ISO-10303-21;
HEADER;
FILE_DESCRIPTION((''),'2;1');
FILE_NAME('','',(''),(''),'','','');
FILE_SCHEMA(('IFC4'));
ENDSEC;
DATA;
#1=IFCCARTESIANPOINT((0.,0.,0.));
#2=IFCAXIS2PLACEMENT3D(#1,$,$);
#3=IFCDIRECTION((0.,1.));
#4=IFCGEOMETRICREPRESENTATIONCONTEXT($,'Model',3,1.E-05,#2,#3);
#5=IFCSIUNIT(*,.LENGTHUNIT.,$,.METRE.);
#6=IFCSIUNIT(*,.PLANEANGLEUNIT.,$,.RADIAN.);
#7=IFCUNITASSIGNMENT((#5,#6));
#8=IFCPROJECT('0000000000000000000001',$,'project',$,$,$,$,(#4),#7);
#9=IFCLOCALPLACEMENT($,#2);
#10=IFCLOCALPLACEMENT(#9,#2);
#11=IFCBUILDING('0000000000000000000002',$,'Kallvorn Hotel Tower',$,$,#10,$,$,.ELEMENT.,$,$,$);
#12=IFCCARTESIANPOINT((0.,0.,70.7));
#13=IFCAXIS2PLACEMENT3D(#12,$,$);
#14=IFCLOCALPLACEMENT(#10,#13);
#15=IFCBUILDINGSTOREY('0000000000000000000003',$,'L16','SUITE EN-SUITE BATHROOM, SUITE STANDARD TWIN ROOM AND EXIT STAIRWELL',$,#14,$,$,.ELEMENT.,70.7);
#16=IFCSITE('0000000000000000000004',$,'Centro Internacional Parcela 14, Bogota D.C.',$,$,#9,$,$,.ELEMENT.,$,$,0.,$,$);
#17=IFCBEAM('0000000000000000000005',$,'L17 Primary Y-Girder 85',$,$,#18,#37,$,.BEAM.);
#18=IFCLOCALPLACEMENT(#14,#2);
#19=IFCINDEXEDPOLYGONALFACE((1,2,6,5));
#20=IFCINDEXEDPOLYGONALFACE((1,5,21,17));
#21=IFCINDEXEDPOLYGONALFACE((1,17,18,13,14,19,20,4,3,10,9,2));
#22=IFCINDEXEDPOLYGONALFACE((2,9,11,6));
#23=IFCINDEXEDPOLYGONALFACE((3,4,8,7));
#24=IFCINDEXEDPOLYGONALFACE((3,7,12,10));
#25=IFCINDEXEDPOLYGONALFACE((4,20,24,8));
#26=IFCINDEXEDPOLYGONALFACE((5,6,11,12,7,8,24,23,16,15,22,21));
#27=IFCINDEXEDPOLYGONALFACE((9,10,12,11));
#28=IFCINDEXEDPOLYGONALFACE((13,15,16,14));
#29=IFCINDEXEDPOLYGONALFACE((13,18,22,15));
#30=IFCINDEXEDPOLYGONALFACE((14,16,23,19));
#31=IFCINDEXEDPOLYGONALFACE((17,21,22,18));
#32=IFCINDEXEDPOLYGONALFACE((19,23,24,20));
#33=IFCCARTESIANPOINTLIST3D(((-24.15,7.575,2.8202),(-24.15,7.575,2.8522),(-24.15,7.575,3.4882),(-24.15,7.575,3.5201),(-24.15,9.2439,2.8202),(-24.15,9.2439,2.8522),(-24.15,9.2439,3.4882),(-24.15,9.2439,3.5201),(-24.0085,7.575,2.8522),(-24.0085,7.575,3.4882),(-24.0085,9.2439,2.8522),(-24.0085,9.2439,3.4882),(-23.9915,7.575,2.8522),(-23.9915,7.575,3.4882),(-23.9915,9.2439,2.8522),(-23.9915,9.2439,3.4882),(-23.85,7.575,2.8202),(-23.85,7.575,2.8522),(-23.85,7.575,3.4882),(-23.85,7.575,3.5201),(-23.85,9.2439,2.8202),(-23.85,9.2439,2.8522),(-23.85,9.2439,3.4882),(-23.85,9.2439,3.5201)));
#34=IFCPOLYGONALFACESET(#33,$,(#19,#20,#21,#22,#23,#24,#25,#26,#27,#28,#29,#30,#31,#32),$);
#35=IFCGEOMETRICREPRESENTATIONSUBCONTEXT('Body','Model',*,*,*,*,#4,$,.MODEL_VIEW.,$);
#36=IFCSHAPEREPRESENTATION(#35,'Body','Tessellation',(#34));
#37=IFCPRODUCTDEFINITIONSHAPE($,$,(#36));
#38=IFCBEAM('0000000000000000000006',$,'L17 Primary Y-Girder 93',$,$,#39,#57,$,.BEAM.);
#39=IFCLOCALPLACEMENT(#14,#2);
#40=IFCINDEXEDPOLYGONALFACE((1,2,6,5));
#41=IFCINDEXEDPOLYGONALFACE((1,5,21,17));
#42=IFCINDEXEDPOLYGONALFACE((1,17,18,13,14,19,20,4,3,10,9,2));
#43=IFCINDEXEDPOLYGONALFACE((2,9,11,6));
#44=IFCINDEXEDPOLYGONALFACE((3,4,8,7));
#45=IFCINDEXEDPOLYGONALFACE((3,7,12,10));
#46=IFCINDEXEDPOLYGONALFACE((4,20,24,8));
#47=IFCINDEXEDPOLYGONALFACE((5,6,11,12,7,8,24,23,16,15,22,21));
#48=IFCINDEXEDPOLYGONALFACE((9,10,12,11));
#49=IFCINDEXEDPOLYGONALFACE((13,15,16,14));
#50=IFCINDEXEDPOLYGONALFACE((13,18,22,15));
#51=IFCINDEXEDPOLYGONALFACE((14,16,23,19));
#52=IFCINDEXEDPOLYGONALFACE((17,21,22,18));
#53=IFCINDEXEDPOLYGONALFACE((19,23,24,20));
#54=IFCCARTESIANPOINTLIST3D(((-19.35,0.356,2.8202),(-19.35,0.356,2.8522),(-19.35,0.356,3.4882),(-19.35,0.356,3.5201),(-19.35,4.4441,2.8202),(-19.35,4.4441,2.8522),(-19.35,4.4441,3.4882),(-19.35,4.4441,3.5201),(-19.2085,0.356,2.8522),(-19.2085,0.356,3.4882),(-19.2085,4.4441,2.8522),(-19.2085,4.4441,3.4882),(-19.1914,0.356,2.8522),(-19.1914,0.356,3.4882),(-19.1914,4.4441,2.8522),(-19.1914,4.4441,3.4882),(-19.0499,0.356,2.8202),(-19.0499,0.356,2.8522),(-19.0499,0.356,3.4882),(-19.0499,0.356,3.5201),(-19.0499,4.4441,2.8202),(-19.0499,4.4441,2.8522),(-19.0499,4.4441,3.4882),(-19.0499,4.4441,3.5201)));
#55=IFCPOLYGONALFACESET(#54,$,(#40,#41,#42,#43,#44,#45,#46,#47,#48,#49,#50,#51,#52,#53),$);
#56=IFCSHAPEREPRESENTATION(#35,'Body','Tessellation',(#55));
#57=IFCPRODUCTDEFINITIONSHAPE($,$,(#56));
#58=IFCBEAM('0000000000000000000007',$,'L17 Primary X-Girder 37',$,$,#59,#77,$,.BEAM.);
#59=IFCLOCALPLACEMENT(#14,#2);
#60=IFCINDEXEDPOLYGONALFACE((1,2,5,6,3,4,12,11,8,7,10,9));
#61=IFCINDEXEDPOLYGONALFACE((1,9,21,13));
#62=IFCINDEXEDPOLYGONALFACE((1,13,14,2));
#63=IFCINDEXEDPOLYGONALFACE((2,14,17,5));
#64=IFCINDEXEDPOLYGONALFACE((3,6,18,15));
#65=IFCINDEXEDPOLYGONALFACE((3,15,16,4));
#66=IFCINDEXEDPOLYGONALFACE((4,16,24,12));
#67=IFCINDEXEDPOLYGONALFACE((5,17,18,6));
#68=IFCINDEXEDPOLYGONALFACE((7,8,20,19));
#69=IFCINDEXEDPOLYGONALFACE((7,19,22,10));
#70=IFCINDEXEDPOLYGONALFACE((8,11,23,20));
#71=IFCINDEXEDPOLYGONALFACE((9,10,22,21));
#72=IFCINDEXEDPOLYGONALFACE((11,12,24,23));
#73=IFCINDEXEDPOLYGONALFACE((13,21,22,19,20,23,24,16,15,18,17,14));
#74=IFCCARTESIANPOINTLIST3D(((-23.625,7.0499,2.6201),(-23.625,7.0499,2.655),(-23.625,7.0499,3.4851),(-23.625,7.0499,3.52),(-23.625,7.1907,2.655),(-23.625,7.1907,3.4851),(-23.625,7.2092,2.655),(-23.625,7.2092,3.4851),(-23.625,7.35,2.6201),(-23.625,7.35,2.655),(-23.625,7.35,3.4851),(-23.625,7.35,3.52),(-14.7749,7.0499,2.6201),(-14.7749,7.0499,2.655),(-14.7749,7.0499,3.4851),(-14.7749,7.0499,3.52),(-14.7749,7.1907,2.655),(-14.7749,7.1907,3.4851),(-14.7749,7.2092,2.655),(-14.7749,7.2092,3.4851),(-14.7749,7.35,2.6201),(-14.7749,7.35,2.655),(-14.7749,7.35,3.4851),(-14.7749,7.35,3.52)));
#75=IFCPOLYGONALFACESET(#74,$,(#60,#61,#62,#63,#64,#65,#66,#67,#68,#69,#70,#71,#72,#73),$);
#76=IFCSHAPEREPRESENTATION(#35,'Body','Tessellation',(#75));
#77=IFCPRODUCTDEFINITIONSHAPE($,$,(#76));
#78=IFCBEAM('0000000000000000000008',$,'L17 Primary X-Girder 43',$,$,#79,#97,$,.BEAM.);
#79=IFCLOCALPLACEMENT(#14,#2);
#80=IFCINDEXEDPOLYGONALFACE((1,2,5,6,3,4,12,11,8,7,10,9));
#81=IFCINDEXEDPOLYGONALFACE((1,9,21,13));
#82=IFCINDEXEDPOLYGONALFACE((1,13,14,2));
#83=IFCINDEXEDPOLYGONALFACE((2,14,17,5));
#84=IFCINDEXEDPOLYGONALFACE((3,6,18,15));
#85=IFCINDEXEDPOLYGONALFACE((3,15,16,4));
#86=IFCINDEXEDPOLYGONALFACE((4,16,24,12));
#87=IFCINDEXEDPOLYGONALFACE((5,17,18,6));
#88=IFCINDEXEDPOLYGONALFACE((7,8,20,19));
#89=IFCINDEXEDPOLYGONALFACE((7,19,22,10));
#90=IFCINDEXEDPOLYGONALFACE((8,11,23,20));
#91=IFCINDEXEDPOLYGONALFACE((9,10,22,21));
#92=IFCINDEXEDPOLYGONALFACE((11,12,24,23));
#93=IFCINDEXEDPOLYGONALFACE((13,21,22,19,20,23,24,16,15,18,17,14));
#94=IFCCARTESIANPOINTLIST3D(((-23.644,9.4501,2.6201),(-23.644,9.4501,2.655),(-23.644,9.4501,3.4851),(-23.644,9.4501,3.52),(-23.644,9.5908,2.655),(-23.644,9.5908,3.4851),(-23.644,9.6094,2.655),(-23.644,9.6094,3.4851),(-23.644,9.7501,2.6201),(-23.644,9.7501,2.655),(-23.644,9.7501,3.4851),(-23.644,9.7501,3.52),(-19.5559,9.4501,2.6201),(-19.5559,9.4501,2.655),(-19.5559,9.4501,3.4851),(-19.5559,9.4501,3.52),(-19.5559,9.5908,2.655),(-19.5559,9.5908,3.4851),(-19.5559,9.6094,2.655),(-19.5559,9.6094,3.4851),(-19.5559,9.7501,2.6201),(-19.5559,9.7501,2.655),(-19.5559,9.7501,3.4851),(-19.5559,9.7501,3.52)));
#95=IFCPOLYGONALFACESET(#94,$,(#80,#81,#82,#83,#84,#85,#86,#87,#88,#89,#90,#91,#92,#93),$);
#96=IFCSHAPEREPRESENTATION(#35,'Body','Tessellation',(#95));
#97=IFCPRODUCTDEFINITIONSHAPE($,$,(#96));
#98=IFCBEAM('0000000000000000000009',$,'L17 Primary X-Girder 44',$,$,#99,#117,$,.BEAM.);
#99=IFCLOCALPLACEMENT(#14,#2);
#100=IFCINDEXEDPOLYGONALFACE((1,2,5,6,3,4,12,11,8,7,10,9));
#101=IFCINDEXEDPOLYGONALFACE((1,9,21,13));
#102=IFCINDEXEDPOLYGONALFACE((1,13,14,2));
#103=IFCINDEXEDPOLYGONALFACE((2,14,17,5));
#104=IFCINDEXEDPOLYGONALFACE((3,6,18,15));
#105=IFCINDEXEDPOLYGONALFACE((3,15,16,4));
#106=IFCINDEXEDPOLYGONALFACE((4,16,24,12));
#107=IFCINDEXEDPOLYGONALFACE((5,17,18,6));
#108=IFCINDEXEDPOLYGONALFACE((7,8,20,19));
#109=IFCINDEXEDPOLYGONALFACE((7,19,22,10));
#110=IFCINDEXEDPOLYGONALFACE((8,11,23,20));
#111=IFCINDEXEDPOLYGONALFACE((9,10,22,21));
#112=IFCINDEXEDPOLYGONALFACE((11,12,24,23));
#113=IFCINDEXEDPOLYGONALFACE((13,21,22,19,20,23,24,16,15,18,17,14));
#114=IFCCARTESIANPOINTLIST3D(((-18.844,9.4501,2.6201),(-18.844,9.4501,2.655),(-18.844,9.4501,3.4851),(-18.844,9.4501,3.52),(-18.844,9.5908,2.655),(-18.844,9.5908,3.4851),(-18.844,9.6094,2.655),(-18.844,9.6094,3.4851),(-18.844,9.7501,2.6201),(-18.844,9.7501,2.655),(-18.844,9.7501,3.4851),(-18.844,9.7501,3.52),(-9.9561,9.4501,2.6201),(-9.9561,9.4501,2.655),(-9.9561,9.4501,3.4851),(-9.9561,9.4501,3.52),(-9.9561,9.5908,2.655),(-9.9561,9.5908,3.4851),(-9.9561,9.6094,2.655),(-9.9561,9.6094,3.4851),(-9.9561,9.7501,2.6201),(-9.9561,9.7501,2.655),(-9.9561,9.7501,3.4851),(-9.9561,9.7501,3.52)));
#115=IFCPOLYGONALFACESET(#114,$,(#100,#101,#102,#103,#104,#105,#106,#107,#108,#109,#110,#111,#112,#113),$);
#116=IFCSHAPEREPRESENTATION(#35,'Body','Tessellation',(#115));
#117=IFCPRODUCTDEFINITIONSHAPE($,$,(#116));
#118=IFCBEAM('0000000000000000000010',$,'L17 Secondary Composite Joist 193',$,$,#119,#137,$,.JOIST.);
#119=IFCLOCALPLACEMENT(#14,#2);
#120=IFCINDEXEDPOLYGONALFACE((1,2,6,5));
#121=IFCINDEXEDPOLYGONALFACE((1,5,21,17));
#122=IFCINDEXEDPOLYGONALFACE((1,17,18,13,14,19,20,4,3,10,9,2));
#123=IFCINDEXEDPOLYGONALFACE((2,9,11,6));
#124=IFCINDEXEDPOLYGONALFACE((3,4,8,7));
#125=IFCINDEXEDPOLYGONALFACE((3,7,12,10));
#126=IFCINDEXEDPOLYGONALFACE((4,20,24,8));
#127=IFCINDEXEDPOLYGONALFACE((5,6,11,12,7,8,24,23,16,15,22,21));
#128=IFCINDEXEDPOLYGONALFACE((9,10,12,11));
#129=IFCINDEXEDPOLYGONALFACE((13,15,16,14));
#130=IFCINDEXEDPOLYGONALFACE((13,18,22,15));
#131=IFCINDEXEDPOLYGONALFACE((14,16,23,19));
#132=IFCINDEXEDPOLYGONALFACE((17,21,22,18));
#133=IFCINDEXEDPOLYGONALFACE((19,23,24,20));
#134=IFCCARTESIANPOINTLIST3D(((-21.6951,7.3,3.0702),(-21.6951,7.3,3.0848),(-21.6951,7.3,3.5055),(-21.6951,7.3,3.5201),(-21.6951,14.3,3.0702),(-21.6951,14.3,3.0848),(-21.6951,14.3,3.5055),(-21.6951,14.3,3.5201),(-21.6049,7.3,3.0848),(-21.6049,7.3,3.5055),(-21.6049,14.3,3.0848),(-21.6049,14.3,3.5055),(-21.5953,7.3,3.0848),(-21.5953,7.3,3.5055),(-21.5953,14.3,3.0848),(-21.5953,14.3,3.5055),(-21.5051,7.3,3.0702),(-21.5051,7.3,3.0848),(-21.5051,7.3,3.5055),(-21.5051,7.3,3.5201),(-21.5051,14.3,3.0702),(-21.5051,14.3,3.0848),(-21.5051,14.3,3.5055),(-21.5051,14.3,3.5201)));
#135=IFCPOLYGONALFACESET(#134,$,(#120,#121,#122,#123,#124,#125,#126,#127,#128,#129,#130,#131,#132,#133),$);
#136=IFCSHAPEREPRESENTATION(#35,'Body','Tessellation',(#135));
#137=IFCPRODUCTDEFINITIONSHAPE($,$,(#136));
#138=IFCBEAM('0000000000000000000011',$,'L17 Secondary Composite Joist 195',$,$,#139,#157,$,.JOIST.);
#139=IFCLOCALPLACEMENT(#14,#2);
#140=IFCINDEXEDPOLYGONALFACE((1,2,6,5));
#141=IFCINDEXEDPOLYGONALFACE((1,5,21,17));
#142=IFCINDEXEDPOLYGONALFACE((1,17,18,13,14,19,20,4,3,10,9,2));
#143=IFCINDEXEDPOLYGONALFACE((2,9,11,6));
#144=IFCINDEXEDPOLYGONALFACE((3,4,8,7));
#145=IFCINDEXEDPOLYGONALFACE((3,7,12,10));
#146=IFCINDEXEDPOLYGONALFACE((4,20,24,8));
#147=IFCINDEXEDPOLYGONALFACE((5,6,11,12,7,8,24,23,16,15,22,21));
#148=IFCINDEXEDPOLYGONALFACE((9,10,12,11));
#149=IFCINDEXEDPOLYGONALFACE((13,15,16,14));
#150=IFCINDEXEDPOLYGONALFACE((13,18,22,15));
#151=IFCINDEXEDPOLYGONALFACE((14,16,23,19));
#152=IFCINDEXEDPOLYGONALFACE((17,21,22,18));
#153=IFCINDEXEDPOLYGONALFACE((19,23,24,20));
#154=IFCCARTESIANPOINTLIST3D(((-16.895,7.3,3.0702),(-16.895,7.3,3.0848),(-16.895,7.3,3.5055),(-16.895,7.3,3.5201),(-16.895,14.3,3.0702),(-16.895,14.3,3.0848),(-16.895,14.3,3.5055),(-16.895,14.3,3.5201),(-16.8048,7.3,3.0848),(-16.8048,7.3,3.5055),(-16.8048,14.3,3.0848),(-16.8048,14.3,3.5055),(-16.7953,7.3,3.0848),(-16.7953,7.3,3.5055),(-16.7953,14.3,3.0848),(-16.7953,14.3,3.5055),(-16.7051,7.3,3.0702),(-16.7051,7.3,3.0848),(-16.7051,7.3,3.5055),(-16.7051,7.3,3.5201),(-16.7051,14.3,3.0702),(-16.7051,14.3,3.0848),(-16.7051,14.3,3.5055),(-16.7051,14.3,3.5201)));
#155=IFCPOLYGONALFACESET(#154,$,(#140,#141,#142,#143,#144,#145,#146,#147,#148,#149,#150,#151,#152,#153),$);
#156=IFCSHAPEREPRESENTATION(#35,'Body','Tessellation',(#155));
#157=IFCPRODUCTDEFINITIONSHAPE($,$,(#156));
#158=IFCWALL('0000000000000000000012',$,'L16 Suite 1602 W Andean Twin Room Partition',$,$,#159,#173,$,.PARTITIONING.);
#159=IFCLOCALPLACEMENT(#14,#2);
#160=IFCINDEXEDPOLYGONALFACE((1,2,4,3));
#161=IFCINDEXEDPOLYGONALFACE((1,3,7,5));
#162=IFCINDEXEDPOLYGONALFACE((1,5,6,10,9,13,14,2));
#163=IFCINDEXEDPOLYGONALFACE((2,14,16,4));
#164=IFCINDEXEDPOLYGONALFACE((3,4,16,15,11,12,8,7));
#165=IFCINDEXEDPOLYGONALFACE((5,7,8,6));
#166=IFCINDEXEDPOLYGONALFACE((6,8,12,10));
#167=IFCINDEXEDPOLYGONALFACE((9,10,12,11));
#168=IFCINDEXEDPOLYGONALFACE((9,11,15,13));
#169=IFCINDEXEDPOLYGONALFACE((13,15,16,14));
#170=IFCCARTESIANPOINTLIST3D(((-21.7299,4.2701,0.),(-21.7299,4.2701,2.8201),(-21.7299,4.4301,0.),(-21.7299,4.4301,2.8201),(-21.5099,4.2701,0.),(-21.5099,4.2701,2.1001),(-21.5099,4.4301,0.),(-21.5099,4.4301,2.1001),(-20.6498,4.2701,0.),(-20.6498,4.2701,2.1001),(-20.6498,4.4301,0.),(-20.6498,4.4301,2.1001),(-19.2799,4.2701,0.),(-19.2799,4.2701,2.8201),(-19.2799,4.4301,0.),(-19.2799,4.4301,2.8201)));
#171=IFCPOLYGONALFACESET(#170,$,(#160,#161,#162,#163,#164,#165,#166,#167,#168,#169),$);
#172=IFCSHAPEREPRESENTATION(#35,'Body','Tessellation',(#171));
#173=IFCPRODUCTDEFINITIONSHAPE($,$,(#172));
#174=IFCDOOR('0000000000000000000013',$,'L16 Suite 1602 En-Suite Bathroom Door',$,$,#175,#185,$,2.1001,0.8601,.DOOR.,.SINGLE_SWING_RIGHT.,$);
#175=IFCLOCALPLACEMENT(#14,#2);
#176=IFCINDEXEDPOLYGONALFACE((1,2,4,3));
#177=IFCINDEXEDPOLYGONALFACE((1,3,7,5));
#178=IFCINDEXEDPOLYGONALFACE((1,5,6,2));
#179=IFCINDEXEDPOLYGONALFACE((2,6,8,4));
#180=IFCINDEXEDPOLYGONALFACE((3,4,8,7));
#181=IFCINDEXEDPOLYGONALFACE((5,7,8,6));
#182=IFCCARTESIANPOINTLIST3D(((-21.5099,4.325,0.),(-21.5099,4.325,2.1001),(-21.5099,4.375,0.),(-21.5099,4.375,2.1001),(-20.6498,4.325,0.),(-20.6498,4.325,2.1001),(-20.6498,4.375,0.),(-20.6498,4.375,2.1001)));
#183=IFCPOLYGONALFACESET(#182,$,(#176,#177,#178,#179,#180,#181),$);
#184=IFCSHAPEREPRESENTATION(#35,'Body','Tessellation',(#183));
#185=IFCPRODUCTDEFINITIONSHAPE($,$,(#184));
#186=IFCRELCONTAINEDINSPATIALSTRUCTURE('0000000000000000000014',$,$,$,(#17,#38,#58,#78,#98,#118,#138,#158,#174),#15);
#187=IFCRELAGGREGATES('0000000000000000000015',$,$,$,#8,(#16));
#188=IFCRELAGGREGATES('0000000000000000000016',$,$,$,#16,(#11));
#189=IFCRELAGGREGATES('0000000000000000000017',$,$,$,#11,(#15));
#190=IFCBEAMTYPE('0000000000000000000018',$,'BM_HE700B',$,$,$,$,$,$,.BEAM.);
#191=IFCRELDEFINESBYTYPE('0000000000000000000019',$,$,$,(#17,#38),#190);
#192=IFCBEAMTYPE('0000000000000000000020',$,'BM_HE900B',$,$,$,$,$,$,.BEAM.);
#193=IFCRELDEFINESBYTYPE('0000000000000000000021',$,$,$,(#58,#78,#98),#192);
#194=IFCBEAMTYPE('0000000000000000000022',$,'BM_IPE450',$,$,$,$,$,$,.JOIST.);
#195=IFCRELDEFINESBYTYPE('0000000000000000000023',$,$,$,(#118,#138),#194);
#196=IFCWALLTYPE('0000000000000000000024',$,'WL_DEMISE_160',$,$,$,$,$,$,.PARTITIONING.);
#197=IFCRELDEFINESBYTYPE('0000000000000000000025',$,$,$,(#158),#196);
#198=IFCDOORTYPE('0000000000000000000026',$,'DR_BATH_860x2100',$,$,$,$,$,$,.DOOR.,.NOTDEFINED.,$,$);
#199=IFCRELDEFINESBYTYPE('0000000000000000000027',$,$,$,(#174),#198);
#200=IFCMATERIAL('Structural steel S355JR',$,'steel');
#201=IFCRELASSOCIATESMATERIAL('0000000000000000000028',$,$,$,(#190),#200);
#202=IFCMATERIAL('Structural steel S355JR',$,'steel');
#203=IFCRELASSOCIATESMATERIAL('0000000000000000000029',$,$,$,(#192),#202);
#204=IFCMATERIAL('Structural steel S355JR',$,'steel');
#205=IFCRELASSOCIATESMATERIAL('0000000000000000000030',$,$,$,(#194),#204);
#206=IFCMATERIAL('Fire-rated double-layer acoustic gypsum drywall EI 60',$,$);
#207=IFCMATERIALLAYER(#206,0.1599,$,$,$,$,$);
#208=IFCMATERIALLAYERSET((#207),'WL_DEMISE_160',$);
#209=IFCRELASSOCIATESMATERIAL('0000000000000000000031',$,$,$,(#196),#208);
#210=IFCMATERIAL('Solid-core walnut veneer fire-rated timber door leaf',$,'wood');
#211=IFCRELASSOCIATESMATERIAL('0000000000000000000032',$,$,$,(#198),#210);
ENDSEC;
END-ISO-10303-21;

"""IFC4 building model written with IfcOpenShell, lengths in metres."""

from ifc_helpers import new_model, si_unit, direction, frame, frame_2d, origin, origin_2d, place, context, subcontext, project, spatial, rectangle, i_section, extrude, material, layer, layer_set, material_profile, profile_set, type_object, element, fill, save


model = new_model("IFC4")

# Units and contexts
model_context = context("Model", 3, precision=1e-05, world=origin(), true_north=direction((0.0, 1.0)))
body_context = subcontext(model_context, "Body", "Model", "MODEL_VIEW")
ifc_project = project(units=[si_unit("LENGTHUNIT", "METRE"), si_unit("PLANEANGLEUNIT", "RADIAN")], contexts=[model_context])

# Site, building, storey
site_placement = place(None, origin())
site = spatial("IfcSite", under=ifc_project, at=site_placement, Name="Centro Internacional Parcela 14, Bogota D.C.", CompositionType="ELEMENT", RefElevation=0.0)
building_placement = place(site_placement, origin())
building = spatial("IfcBuilding", under=site, at=building_placement, Name="Kallvorn Hotel Tower", CompositionType="ELEMENT")
storey_placement = place(building_placement, frame((0.0, 0.0, 70.7)))
storey = spatial("IfcBuildingStorey", under=building, at=storey_placement, Name="L16", Description="SUITE EN-SUITE BATHROOM, SUITE STANDARD TWIN ROOM AND EXIT STAIRWELL", CompositionType="ELEMENT", Elevation=70.7)

# Beams
ifc_material_1 = material(Name="Structural steel S355JR", Category="steel")
ifc_material_profile_1 = material_profile(ifc_material_1, i_section(OverallWidth=0.3, OverallDepth=0.7, WebThickness=0.0171, FlangeThickness=0.032, at=origin_2d()), Name="HE 700 B")
ifc_profile_set_1 = profile_set([ifc_material_profile_1], Name="Structural steel S355JR")
beam_type_1 = type_object("IfcBeamType", Name="BM_HE700B", PredefinedType="BEAM", material=ifc_profile_set_1)
beam_1_placement = place(storey_placement, frame((-24.0, 7.575, 3.1702), z_axis=(0.0, 1.0, 0.0), x_axis=(-1.0, 0.0, 0.0)))
element("IfcBeam", 1, at=beam_1_placement, inside=storey, type_object=beam_type_1, Name="L17 Primary Y-Girder 85", PredefinedType="BEAM", context=body_context, shape_type="SweptSolid", body=[
    extrude(i_section(OverallWidth=0.3, OverallDepth=0.7, WebThickness=0.0171, FlangeThickness=0.032, at=origin_2d()), origin(), (0.0, 0.0, 1.0), 1.6689),
])
beam_2_placement = place(storey_placement, frame((-19.2, 0.356, 3.1702), z_axis=(0.0, 1.0, 0.0), x_axis=(-1.0, 0.0, 0.0)))
element("IfcBeam", 2, at=beam_2_placement, inside=storey, type_object=beam_type_1, Name="L17 Primary Y-Girder 93", PredefinedType="BEAM", context=body_context, shape_type="SweptSolid", body=[
    extrude(i_section(OverallWidth=0.3, OverallDepth=0.7, WebThickness=0.0171, FlangeThickness=0.032, at=origin_2d()), origin(), (0.0, 0.0, 1.0), 4.0881),
])
ifc_material_2 = material(Name="Structural steel S355JR", Category="steel")
ifc_material_profile_2 = material_profile(ifc_material_2, i_section(OverallWidth=0.3, OverallDepth=0.8999, WebThickness=0.0186, FlangeThickness=0.0349, at=origin_2d()), Name="HE 900 B")
ifc_profile_set_2 = profile_set([ifc_material_profile_2], Name="Structural steel S355JR")
beam_type_2 = type_object("IfcBeamType", Name="BM_HE900B", PredefinedType="BEAM", material=ifc_profile_set_2)
beam_3_placement = place(storey_placement, frame((-23.625, 7.2, 3.0701), z_axis=(1.0, 0.0, 0.0), x_axis=(0.0, 1.0, 0.0)))
element("IfcBeam", 3, at=beam_3_placement, inside=storey, type_object=beam_type_2, Name="L17 Primary X-Girder 37", PredefinedType="BEAM", context=body_context, shape_type="SweptSolid", body=[
    extrude(i_section(OverallWidth=0.3, OverallDepth=0.8999, WebThickness=0.0186, FlangeThickness=0.0349, at=origin_2d()), origin(), (0.0, 0.0, 1.0), 8.8501),
])
beam_4_placement = place(storey_placement, frame((-23.644, 9.6001, 3.0701), z_axis=(1.0, 0.0, 0.0), x_axis=(0.0, 1.0, 0.0)))
element("IfcBeam", 4, at=beam_4_placement, inside=storey, type_object=beam_type_2, Name="L17 Primary X-Girder 43", PredefinedType="BEAM", context=body_context, shape_type="SweptSolid", body=[
    extrude(i_section(OverallWidth=0.3, OverallDepth=0.8999, WebThickness=0.0186, FlangeThickness=0.0349, at=origin_2d()), origin(), (0.0, 0.0, 1.0), 4.0881),
])
beam_5_placement = place(storey_placement, frame((-18.844, 9.6001, 3.0701), z_axis=(1.0, 0.0, 0.0), x_axis=(0.0, 1.0, 0.0)))
element("IfcBeam", 5, at=beam_5_placement, inside=storey, type_object=beam_type_2, Name="L17 Primary X-Girder 44", PredefinedType="BEAM", context=body_context, shape_type="SweptSolid", body=[
    extrude(i_section(OverallWidth=0.3, OverallDepth=0.8999, WebThickness=0.0186, FlangeThickness=0.0349, at=origin_2d()), origin(), (0.0, 0.0, 1.0), 8.8879),
])
ifc_material_3 = material(Name="Structural steel S355JR", Category="steel")
ifc_material_profile_3 = material_profile(ifc_material_3, i_section(OverallWidth=0.1899, OverallDepth=0.45, WebThickness=0.0095, FlangeThickness=0.0146, at=origin_2d()), Name="IPE 450")
ifc_profile_set_3 = profile_set([ifc_material_profile_3], Name="Structural steel S355JR")
beam_type_3 = type_object("IfcBeamType", Name="BM_IPE450", PredefinedType="JOIST", material=ifc_profile_set_3)
for number, where, z_axis, x_axis, name in (
    (6, (-21.6001, 7.3, 3.2952), (0.0, 1.0, 0.0), (-1.0, 0.0, 0.0), "L17 Secondary Composite Joist 193"),
    (7, (-16.8, 7.3, 3.2952), (0.0, 1.0, 0.0), (-1.0, 0.0, 0.0), "L17 Secondary Composite Joist 195"),
):
    element("IfcBeam", number, at=place(storey_placement, frame(where, z_axis=z_axis, x_axis=x_axis)), inside=storey, type_object=beam_type_3, Name=name, PredefinedType="JOIST", context=body_context, shape_type="SweptSolid", body=[
        extrude(i_section(OverallWidth=0.1899, OverallDepth=0.45, WebThickness=0.0095, FlangeThickness=0.0146, at=origin_2d()), origin(), (0.0, 0.0, 1.0), 7.0),
    ])

# Wall, opening, door
ifc_material_4 = material(Name="Fire-rated double-layer acoustic gypsum drywall EI 60")
ifc_layer_1 = layer(ifc_material_4, 0.1599)
ifc_layer_set_1 = layer_set([ifc_layer_1], Name="WL_DEMISE_160")
wall_type_1 = type_object("IfcWallType", Name="WL_DEMISE_160", PredefinedType="PARTITIONING", material=ifc_layer_set_1)
wall_1_placement = place(storey_placement, frame((-21.73, 4.3501, 0.0), z_axis=(0.0, 0.0, 1.0), x_axis=(1.0, 0.0, 0.0)))
wall_1 = element("IfcWall", 8, at=wall_1_placement, inside=storey, type_object=wall_type_1, Name="L16 Suite 1602 W Andean Twin Room Partition", PredefinedType="PARTITIONING", context=body_context, shape_type="SweptSolid", body=[
    extrude(rectangle(XDim=2.45, YDim=0.1599, at=frame_2d((1.2251, 0.0))), origin(), (0.0, 0.0, 1.0), 2.8201),
])
opening_1_placement = place(wall_1_placement, frame((0.22, 0.0, 0.0)))
opening_1 = element("IfcOpeningElement", 9, at=opening_1_placement, cuts=wall_1, PredefinedType="OPENING", context=body_context, shape_type="SweptSolid", body=[
    extrude(rectangle(XDim=0.8601, YDim=2.1001, at=frame_2d((0.4302, 1.05))), frame((0.0, 0.095, 0.0), z_axis=(0.0, -1.0, 0.0), x_axis=(1.0, 0.0, 0.0)), (0.0, 0.0, 1.0), 0.1899),
])
ifc_material_5 = material(Name="Solid-core walnut veneer fire-rated timber door leaf", Category="wood")
door_type_1 = type_object("IfcDoorType", Name="DR_BATH_860x2100", OperationType="NOTDEFINED", PredefinedType="DOOR", material=ifc_material_5)
door_1_placement = place(opening_1_placement, origin())
door_1 = element("IfcDoor", 10, at=door_1_placement, inside=storey, type_object=door_type_1, Name="L16 Suite 1602 En-Suite Bathroom Door", OperationType="SINGLE_SWING_RIGHT", OverallHeight=2.1001, OverallWidth=0.8601, PredefinedType="DOOR", context=body_context, shape_type="SweptSolid", body=[
    extrude(rectangle(XDim=0.8601, YDim=2.1001, at=frame_2d((0.4302, 1.05))), frame((0.0, 0.0249, 0.0), z_axis=(0.0, -1.0, 0.0), x_axis=(1.0, 0.0, 0.0)), (0.0, 0.0, 1.0), 0.05),
])
fill(opening_1, door_1)

save(model, "model.ifc")
